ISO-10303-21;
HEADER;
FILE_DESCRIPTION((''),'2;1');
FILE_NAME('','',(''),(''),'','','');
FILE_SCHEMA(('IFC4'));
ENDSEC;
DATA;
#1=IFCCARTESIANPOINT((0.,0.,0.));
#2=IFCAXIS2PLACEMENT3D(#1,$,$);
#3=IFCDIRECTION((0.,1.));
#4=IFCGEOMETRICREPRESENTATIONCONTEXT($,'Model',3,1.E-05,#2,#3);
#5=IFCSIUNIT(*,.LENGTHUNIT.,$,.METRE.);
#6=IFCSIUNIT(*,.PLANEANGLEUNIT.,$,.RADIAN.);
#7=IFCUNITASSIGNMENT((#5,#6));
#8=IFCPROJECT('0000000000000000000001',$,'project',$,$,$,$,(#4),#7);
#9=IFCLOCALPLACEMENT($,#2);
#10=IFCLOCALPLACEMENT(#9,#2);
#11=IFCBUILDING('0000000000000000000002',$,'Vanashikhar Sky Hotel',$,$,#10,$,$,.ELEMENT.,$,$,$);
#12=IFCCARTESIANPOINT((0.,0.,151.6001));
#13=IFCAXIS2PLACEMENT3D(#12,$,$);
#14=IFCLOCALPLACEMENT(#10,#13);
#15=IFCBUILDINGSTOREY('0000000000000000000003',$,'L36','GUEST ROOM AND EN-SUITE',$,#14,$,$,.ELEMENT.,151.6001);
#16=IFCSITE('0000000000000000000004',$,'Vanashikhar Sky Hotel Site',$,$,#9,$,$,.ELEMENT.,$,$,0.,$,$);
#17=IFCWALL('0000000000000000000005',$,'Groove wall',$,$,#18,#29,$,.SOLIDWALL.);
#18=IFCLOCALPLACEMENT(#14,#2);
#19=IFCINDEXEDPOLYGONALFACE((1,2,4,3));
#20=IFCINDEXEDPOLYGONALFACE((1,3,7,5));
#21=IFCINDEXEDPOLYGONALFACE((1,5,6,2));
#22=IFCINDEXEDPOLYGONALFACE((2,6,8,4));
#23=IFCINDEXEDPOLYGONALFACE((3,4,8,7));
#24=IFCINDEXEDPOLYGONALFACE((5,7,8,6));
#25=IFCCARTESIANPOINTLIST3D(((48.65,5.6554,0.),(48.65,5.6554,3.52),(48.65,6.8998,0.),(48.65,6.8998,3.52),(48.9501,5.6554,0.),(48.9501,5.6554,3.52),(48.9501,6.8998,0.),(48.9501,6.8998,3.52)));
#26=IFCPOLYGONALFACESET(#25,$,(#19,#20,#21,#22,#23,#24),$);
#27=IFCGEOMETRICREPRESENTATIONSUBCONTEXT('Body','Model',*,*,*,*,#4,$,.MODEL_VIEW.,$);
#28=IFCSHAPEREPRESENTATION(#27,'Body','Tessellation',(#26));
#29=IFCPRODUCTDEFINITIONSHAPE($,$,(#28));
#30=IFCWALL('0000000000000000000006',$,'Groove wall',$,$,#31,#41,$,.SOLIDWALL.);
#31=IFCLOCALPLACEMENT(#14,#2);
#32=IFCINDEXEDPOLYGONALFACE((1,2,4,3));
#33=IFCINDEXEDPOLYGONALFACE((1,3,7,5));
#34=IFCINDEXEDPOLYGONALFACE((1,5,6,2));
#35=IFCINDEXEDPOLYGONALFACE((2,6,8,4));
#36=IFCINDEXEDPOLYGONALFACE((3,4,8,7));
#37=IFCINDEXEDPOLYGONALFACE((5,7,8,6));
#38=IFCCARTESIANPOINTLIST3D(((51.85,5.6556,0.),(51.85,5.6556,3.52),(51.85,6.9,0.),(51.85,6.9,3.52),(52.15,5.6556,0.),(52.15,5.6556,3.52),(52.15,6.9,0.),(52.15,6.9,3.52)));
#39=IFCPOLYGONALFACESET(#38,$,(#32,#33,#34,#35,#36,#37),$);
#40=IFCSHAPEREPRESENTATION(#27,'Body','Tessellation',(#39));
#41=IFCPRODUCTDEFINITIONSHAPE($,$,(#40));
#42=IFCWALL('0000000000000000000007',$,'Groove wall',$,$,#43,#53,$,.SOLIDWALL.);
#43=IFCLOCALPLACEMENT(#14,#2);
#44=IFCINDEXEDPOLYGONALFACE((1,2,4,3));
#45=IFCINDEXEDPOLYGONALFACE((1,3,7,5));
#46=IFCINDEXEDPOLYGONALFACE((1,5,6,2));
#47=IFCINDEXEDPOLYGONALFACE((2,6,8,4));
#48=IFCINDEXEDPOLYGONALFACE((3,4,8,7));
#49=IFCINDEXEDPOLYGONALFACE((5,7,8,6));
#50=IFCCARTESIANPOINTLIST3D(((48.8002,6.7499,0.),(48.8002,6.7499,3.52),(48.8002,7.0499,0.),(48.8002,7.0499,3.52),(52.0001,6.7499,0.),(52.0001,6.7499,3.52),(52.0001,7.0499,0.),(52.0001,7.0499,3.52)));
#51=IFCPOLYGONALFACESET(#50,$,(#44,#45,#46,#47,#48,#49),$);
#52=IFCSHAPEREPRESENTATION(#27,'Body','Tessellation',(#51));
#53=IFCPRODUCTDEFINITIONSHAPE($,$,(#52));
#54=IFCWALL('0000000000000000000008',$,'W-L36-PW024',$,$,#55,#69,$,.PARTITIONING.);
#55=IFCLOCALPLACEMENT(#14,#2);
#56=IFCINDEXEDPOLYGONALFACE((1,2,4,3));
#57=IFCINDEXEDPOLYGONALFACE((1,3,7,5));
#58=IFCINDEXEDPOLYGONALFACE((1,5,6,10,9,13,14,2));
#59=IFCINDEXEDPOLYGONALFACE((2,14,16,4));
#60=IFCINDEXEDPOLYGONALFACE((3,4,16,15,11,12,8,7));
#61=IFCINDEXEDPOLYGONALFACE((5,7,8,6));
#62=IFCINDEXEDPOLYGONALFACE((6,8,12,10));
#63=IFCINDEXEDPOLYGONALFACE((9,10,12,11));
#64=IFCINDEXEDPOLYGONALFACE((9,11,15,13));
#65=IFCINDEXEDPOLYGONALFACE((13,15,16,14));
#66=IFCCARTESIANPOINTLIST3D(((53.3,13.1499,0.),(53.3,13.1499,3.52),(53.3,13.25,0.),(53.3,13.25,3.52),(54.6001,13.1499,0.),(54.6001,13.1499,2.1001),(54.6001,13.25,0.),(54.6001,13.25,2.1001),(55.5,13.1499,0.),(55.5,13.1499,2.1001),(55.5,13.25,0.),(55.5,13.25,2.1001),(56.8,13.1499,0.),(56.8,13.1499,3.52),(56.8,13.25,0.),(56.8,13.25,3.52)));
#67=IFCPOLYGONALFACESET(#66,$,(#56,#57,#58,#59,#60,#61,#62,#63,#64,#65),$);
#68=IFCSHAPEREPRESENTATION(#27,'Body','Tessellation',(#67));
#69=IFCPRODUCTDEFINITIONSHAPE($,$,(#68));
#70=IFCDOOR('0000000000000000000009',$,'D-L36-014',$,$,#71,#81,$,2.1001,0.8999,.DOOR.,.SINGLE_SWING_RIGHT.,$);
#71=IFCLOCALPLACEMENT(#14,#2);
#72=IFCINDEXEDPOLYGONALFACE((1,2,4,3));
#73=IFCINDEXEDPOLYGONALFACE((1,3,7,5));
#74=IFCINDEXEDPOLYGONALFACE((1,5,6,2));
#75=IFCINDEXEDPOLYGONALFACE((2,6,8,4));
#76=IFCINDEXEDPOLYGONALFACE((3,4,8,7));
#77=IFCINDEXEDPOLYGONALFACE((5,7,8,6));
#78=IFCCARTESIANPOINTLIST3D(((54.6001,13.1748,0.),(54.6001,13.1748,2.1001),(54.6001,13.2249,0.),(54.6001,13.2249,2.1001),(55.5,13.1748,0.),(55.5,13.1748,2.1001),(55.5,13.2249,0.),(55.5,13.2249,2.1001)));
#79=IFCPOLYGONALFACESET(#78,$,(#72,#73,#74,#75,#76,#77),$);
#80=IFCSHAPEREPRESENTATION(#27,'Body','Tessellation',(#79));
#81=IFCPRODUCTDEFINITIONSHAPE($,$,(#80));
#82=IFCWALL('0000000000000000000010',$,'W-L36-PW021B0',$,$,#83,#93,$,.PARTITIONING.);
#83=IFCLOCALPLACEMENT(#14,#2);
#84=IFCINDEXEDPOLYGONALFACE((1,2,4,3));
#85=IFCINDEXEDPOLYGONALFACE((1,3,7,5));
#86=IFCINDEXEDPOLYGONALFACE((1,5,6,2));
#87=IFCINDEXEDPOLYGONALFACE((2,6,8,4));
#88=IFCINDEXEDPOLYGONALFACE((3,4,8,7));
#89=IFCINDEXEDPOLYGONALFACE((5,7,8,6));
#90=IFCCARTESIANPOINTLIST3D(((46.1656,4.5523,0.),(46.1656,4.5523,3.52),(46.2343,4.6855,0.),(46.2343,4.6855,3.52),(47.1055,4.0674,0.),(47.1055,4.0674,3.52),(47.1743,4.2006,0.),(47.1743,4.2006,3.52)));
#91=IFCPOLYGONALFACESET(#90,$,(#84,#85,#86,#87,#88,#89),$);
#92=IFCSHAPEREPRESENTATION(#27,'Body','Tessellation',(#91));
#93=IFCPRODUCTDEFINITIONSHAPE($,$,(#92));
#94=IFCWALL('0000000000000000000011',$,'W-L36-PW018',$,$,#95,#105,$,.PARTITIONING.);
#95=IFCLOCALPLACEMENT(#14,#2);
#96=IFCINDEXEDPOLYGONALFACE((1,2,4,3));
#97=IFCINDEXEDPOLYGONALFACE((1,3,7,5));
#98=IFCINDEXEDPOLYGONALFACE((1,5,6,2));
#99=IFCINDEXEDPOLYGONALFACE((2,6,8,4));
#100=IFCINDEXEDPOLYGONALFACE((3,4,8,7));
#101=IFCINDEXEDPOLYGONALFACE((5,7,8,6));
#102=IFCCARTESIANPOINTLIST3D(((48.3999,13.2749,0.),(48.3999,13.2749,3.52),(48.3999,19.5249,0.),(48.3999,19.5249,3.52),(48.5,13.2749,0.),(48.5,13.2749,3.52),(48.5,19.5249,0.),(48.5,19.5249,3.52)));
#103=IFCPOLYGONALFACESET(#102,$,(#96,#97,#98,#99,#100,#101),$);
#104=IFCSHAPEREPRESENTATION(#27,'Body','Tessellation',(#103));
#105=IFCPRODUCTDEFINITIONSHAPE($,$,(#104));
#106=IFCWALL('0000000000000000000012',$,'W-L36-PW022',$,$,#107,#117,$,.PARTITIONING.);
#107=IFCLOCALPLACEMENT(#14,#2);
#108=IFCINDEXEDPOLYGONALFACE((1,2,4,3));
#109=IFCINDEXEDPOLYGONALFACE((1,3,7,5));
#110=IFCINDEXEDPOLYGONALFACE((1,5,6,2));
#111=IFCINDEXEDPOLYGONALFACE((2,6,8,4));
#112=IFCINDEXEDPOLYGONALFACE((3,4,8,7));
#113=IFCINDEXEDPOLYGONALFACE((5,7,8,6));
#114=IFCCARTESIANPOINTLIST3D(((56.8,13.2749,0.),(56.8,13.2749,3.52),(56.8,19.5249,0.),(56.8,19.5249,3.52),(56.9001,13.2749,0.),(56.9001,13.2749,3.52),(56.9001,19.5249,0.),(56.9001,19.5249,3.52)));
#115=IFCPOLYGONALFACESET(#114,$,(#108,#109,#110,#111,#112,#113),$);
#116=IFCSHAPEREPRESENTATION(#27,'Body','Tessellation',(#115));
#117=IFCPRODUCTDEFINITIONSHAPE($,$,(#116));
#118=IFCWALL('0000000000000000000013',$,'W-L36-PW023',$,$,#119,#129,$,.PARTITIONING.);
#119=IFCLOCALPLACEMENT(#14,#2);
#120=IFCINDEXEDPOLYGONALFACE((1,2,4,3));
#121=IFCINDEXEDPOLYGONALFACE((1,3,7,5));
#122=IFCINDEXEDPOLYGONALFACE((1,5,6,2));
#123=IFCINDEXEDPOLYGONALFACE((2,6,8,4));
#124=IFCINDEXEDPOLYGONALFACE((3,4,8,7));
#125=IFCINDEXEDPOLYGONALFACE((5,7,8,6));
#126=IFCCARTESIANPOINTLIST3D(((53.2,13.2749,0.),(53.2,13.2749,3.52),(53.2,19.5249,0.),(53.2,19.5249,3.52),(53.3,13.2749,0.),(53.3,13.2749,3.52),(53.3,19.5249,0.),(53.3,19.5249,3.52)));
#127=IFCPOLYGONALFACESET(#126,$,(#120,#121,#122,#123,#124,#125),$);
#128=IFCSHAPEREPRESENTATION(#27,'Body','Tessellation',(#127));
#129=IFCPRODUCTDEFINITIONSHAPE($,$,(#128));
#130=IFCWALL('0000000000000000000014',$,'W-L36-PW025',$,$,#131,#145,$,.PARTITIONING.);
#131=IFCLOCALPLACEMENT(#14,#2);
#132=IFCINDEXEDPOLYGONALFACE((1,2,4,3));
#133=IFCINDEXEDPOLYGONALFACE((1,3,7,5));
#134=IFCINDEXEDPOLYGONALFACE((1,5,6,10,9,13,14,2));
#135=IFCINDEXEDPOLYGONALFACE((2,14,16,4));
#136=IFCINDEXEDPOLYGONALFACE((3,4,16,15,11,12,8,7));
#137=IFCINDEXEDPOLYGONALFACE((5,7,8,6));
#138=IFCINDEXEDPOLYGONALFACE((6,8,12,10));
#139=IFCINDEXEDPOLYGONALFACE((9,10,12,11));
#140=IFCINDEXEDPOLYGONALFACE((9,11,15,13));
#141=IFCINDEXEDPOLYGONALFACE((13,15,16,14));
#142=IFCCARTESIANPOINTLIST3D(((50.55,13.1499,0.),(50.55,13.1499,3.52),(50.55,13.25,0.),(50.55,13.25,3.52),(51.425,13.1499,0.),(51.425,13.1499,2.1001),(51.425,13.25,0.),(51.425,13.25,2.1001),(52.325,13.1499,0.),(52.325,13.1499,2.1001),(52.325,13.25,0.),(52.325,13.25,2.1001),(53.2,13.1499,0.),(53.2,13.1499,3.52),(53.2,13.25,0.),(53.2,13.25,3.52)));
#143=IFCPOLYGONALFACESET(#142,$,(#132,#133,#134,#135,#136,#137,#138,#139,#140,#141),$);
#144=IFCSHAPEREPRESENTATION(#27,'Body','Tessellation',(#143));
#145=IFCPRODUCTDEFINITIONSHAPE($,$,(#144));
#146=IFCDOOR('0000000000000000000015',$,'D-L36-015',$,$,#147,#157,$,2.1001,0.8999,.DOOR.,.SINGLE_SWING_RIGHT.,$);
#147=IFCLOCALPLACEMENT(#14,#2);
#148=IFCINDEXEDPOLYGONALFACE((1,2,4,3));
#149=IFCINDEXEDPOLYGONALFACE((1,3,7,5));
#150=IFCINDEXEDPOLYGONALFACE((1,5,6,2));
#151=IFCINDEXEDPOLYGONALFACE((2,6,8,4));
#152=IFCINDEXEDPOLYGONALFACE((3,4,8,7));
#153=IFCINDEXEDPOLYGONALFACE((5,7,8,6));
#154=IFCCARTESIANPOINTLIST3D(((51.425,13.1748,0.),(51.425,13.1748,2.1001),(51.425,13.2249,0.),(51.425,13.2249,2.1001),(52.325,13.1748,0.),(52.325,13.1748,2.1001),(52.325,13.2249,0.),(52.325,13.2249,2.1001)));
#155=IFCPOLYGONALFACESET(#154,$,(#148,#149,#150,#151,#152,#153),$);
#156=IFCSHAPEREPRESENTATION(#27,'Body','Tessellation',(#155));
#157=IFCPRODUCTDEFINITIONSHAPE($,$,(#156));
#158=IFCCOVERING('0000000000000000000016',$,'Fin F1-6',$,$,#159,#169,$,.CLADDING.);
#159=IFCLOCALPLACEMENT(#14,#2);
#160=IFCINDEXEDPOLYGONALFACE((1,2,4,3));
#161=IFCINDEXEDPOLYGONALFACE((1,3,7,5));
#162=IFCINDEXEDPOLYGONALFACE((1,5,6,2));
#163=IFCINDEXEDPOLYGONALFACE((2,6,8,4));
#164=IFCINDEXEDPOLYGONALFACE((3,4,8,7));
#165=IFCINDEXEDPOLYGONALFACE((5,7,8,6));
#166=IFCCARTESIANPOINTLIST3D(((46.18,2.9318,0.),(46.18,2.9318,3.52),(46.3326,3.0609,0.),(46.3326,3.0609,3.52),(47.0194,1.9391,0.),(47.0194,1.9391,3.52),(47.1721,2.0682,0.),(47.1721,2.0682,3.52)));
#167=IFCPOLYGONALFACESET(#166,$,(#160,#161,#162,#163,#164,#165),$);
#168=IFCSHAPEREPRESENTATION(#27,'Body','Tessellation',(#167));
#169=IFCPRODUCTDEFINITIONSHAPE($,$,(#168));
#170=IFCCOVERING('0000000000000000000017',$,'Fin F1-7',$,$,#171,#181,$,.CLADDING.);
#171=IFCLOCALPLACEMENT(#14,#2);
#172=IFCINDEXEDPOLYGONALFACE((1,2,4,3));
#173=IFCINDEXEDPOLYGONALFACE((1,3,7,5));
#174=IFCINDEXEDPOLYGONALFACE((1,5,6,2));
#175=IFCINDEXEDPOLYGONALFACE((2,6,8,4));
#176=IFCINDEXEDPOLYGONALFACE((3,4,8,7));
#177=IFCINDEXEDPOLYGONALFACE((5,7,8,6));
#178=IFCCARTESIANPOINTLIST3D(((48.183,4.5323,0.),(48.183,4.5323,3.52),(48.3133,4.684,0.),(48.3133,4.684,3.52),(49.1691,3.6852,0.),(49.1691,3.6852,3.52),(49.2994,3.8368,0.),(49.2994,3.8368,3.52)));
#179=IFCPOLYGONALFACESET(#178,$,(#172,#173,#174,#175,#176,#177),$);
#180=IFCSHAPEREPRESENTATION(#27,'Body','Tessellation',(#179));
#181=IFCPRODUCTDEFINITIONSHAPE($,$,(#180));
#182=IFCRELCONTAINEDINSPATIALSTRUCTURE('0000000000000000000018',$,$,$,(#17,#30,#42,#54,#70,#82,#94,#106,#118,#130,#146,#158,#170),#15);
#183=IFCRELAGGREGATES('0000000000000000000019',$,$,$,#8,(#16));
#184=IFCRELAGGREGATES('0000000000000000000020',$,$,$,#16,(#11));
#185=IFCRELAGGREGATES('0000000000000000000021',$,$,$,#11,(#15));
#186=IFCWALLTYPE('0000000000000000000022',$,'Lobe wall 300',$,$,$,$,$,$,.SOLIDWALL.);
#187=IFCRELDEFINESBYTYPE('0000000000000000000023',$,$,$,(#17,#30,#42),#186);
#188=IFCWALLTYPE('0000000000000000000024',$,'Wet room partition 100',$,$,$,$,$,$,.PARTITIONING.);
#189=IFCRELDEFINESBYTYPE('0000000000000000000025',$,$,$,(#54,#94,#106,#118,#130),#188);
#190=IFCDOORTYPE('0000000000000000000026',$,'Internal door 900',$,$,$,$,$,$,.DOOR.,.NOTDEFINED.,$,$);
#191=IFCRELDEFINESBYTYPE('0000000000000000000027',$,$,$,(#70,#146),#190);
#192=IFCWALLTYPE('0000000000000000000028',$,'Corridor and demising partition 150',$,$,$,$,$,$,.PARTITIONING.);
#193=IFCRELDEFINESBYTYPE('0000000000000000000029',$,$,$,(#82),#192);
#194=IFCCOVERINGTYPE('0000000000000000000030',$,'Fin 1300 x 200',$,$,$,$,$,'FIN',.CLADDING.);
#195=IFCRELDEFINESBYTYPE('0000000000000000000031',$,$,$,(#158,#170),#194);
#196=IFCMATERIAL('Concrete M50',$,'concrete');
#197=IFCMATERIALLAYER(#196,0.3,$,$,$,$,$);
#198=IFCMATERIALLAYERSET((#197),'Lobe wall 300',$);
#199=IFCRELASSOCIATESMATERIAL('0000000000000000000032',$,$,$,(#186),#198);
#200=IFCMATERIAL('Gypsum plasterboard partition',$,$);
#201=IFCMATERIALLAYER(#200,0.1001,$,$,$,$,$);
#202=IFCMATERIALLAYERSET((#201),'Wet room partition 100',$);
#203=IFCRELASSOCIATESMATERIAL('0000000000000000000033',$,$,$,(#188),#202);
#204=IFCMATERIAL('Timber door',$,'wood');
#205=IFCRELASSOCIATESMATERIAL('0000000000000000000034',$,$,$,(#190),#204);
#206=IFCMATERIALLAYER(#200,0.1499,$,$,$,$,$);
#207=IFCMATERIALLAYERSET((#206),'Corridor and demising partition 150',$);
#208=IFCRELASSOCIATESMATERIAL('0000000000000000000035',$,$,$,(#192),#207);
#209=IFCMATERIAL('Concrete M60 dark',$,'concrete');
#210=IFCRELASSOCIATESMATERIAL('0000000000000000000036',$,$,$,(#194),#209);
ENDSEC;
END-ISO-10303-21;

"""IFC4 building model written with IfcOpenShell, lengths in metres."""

from ifc_helpers import new_model, si_unit, direction, frame, frame_2d, origin, origin_2d, place, context, subcontext, project, spatial, rectangle, extrude, source, transform, mapped, material, layer, layer_set, material_profile, profile_set, type_object, element, fill, save


model = new_model("IFC4")

# Units and contexts
model_context = context("Model", 3, precision=1e-05, world=origin(), true_north=direction((0.0, 1.0)))
body_context = subcontext(model_context, "Body", "Model", "MODEL_VIEW")
ifc_project = project(units=[si_unit("LENGTHUNIT", "METRE"), si_unit("PLANEANGLEUNIT", "RADIAN")], contexts=[model_context])

# Site, building, storey
site_placement = place(None, origin())
site = spatial("IfcSite", under=ifc_project, at=site_placement, Name="Vanashikhar Sky Hotel Site", CompositionType="ELEMENT", RefElevation=0.0)
building_placement = place(site_placement, origin())
building = spatial("IfcBuilding", under=site, at=building_placement, Name="Vanashikhar Sky Hotel", CompositionType="ELEMENT")
storey_placement = place(building_placement, frame((0.0, 0.0, 151.6001)))
storey = spatial("IfcBuildingStorey", under=building, at=storey_placement, Name="L36", Description="GUEST ROOM AND EN-SUITE", CompositionType="ELEMENT", Elevation=151.6001)

# Shared definitions
ifc_material_1 = material(Name="Concrete M50", Category="concrete")
ifc_layer_1 = layer(ifc_material_1, 0.3)
ifc_layer_set_1 = layer_set([ifc_layer_1], Name="Lobe wall 300")
wall_type_1 = type_object("IfcWallType", Name="Lobe wall 300", PredefinedType="SOLIDWALL", material=ifc_layer_set_1)

# Walls
shared_shape_1 = source(origin(), body_context, "Body", "SweptSolid", [
    extrude(rectangle(XDim=1.2444, YDim=0.3, at=frame_2d((0.6221, 0.0))), origin(), (0.0, 0.0, 1.0), 3.52),
])
for number, where, z_axis, x_axis, name in (
    (1, (48.8, 5.6555, 0.0), (0.0, 0.0, 1.0), (0.0, 1.0, 0.0), "Groove wall"),
    (2, (52.0, 6.8999, 0.0), (0.0, 0.0, 1.0), (0.0, -1.0, 0.0), "Groove wall"),
):
    element("IfcWall", number, at=place(storey_placement, frame(where, z_axis=z_axis, x_axis=x_axis)), inside=storey, type_object=wall_type_1, Name=name, PredefinedType="SOLIDWALL", context=body_context, shape_type="MappedRepresentation", body=[
        mapped(shared_shape_1, transform((0.0, 0.0, 0.0), scale=1.0)),
    ])
shared_shape_2 = source(origin(), body_context, "Body", "SweptSolid", [
    extrude(rectangle(XDim=3.2, YDim=0.3, at=frame_2d((1.6001, 0.0))), origin(), (0.0, 0.0, 1.0), 3.52),
])
wall_1_placement = place(storey_placement, frame((48.8, 6.8999, 0.0), z_axis=(0.0, 0.0, 1.0), x_axis=(1.0, 0.0, 0.0)))
element("IfcWall", 3, at=wall_1_placement, inside=storey, type_object=wall_type_1, Name="Groove wall", PredefinedType="SOLIDWALL", context=body_context, shape_type="MappedRepresentation", body=[
    mapped(shared_shape_2, transform((0.0, 0.0, 0.0), scale=1.0)),
])

# Wall, opening, door
ifc_material_2 = material(Name="Gypsum plasterboard partition")
ifc_layer_2 = layer(ifc_material_2, 0.1001)
ifc_layer_set_2 = layer_set([ifc_layer_2], Name="Wet room partition 100")
wall_type_2 = type_object("IfcWallType", Name="Wet room partition 100", PredefinedType="PARTITIONING", material=ifc_layer_set_2)
shared_shape_3 = source(origin(), body_context, "Body", "SweptSolid", [
    extrude(rectangle(XDim=3.5, YDim=0.1001, at=frame_2d((1.75, 0.0))), origin(), (0.0, 0.0, 1.0), 3.52),
])
wall_2_placement = place(storey_placement, frame((53.3, 13.2, 0.0), z_axis=(0.0, 0.0, 1.0), x_axis=(1.0, 0.0, 0.0)))
wall_2 = element("IfcWall", 4, at=wall_2_placement, inside=storey, type_object=wall_type_2, Name="W-L36-PW024", PredefinedType="PARTITIONING", context=body_context, shape_type="MappedRepresentation", body=[
    mapped(shared_shape_3, transform((0.0, 0.0, 0.0), scale=1.0)),
])
shared_shape_4 = source(origin(), body_context, "Body", "SweptSolid", [
    extrude(rectangle(XDim=0.8999, YDim=2.1001, at=frame_2d((0.45, 1.05))), frame((0.0, 0.0601, 0.0), z_axis=(0.0, -1.0, 0.0), x_axis=(1.0, 0.0, 0.0)), (0.0, 0.0, 1.0), 0.1201),
])
opening_1_placement = place(wall_2_placement, frame((1.3, 0.0, 0.0)))
opening_1 = element("IfcOpeningElement", 5, at=opening_1_placement, cuts=wall_2, PredefinedType="OPENING", context=body_context, shape_type="MappedRepresentation", body=[
    mapped(shared_shape_4, transform((0.0, 0.0, 0.0), scale=1.0)),
])
ifc_material_3 = material(Name="Timber door", Category="wood")
door_type = type_object("IfcDoorType", Name="Internal door 900", OperationType="NOTDEFINED", PredefinedType="DOOR", material=ifc_material_3)
shared_shape_5 = source(origin(), body_context, "Body", "SweptSolid", [
    extrude(rectangle(XDim=0.8999, YDim=2.1001, at=frame_2d((0.45, 1.05))), frame((0.0, 0.0249, 0.0), z_axis=(0.0, -1.0, 0.0), x_axis=(1.0, 0.0, 0.0)), (0.0, 0.0, 1.0), 0.05),
])
door_1_placement = place(opening_1_placement, origin())
door_1 = element("IfcDoor", 6, at=door_1_placement, inside=storey, type_object=door_type, Name="D-L36-014", OperationType="SINGLE_SWING_RIGHT", OverallHeight=2.1001, OverallWidth=0.8999, PredefinedType="DOOR", context=body_context, shape_type="MappedRepresentation", body=[
    mapped(shared_shape_5, transform((0.0, 0.0, 0.0), scale=1.0)),
])
fill(opening_1, door_1)

# Walls
ifc_layer_3 = layer(ifc_material_2, 0.1499)
ifc_layer_set_3 = layer_set([ifc_layer_3], Name="Corridor and demising partition 150")
wall_type_3 = type_object("IfcWallType", Name="Corridor and demising partition 150", PredefinedType="PARTITIONING", material=ifc_layer_set_3)
shared_shape_6 = source(origin(), body_context, "Body", "SweptSolid", [
    extrude(rectangle(XDim=1.0576, YDim=0.1499, at=frame_2d((0.5288, 0.0))), origin(), (0.0, 0.0, 1.0), 3.52),
])
wall_3_placement = place(storey_placement, frame((47.1399, 4.134, 0.0), z_axis=(0.0, 0.0, 1.0), x_axis=(-0.888724, 0.458443, 0.0)))
element("IfcWall", 7, at=wall_3_placement, inside=storey, type_object=wall_type_3, Name="W-L36-PW021B0", PredefinedType="PARTITIONING", context=body_context, shape_type="MappedRepresentation", body=[
    mapped(shared_shape_6, transform((0.0, 0.0, 0.0), scale=1.0)),
])
shared_shape_7 = source(origin(), body_context, "Body", "SweptSolid", [
    extrude(rectangle(XDim=6.25, YDim=0.1001, at=frame_2d((3.125, 0.0))), origin(), (0.0, 0.0, 1.0), 3.52),
])
for number, where, z_axis, x_axis, name in (
    (8, (48.45, 13.2749, 0.0), (0.0, 0.0, 1.0), (0.0, 1.0, 0.0), "W-L36-PW018"),
    (9, (56.8501, 13.2749, 0.0), (0.0, 0.0, 1.0), (0.0, 1.0, 0.0), "W-L36-PW022"),
    (10, (53.25, 13.2749, 0.0), (0.0, 0.0, 1.0), (0.0, 1.0, 0.0), "W-L36-PW023"),
):
    element("IfcWall", number, at=place(storey_placement, frame(where, z_axis=z_axis, x_axis=x_axis)), inside=storey, type_object=wall_type_2, Name=name, PredefinedType="PARTITIONING", context=body_context, shape_type="MappedRepresentation", body=[
        mapped(shared_shape_7, transform((0.0, 0.0, 0.0), scale=1.0)),
    ])

# Wall, opening, door
shared_shape_8 = source(origin(), body_context, "Body", "SweptSolid", [
    extrude(rectangle(XDim=2.6499, YDim=0.1001, at=frame_2d((1.325, 0.0))), origin(), (0.0, 0.0, 1.0), 3.52),
])
wall_4_placement = place(storey_placement, frame((50.55, 13.2, 0.0), z_axis=(0.0, 0.0, 1.0), x_axis=(1.0, 0.0, 0.0)))
wall_4 = element("IfcWall", 11, at=wall_4_placement, inside=storey, type_object=wall_type_2, Name="W-L36-PW025", PredefinedType="PARTITIONING", context=body_context, shape_type="MappedRepresentation", body=[
    mapped(shared_shape_8, transform((0.0, 0.0, 0.0), scale=1.0)),
])
opening_2_placement = place(wall_4_placement, frame((0.875, 0.0, 0.0)))
opening_2 = element("IfcOpeningElement", 12, at=opening_2_placement, cuts=wall_4, PredefinedType="OPENING", context=body_context, shape_type="MappedRepresentation", body=[
    mapped(shared_shape_4, transform((0.0, 0.0, 0.0), scale=1.0)),
])
door_2_placement = place(opening_2_placement, origin())
door_2 = element("IfcDoor", 13, at=door_2_placement, inside=storey, type_object=door_type, Name="D-L36-015", OperationType="SINGLE_SWING_RIGHT", OverallHeight=2.1001, OverallWidth=0.8999, PredefinedType="DOOR", context=body_context, shape_type="MappedRepresentation", body=[
    mapped(shared_shape_5, transform((0.0, 0.0, 0.0), scale=1.0)),
])
fill(opening_2, door_2)

# Coverings
ifc_material_4 = material(Name="Concrete M60 dark", Category="concrete")
ifc_material_profile = material_profile(ifc_material_4, rectangle(XDim=1.3, YDim=0.2, at=origin_2d()))
ifc_profile_set = profile_set([ifc_material_profile], Name="Fin 1300 x 200")
covering_type = type_object("IfcCoveringType", Name="Fin 1300 x 200", ElementType="FIN", PredefinedType="CLADDING", material=ifc_profile_set)
shared_shape_9 = source(origin(), body_context, "Body", "SweptSolid", [
    extrude(rectangle(XDim=1.3, YDim=0.2, at=origin_2d()), origin(), (0.0, 0.0, 1.0), 3.52),
])
for number, where, z_axis, x_axis, name in (
    (14, (46.676, 2.5, 0.0), (0.0, 0.0, 1.0), (0.645698, -0.763593, 0.0), "Fin F1-6"),
    (15, (48.7412, 4.1846, 0.0), (0.0, 0.0, 1.0), (0.758544, -0.651622, 0.0), "Fin F1-7"),
):
    element("IfcCovering", number, at=place(storey_placement, frame(where, z_axis=z_axis, x_axis=x_axis)), inside=storey, type_object=covering_type, Name=name, PredefinedType="CLADDING", context=body_context, shape_type="MappedRepresentation", body=[
        mapped(shared_shape_9, transform((0.0, 0.0, 0.0), scale=1.0)),
    ])

save(model, "model.ifc")
